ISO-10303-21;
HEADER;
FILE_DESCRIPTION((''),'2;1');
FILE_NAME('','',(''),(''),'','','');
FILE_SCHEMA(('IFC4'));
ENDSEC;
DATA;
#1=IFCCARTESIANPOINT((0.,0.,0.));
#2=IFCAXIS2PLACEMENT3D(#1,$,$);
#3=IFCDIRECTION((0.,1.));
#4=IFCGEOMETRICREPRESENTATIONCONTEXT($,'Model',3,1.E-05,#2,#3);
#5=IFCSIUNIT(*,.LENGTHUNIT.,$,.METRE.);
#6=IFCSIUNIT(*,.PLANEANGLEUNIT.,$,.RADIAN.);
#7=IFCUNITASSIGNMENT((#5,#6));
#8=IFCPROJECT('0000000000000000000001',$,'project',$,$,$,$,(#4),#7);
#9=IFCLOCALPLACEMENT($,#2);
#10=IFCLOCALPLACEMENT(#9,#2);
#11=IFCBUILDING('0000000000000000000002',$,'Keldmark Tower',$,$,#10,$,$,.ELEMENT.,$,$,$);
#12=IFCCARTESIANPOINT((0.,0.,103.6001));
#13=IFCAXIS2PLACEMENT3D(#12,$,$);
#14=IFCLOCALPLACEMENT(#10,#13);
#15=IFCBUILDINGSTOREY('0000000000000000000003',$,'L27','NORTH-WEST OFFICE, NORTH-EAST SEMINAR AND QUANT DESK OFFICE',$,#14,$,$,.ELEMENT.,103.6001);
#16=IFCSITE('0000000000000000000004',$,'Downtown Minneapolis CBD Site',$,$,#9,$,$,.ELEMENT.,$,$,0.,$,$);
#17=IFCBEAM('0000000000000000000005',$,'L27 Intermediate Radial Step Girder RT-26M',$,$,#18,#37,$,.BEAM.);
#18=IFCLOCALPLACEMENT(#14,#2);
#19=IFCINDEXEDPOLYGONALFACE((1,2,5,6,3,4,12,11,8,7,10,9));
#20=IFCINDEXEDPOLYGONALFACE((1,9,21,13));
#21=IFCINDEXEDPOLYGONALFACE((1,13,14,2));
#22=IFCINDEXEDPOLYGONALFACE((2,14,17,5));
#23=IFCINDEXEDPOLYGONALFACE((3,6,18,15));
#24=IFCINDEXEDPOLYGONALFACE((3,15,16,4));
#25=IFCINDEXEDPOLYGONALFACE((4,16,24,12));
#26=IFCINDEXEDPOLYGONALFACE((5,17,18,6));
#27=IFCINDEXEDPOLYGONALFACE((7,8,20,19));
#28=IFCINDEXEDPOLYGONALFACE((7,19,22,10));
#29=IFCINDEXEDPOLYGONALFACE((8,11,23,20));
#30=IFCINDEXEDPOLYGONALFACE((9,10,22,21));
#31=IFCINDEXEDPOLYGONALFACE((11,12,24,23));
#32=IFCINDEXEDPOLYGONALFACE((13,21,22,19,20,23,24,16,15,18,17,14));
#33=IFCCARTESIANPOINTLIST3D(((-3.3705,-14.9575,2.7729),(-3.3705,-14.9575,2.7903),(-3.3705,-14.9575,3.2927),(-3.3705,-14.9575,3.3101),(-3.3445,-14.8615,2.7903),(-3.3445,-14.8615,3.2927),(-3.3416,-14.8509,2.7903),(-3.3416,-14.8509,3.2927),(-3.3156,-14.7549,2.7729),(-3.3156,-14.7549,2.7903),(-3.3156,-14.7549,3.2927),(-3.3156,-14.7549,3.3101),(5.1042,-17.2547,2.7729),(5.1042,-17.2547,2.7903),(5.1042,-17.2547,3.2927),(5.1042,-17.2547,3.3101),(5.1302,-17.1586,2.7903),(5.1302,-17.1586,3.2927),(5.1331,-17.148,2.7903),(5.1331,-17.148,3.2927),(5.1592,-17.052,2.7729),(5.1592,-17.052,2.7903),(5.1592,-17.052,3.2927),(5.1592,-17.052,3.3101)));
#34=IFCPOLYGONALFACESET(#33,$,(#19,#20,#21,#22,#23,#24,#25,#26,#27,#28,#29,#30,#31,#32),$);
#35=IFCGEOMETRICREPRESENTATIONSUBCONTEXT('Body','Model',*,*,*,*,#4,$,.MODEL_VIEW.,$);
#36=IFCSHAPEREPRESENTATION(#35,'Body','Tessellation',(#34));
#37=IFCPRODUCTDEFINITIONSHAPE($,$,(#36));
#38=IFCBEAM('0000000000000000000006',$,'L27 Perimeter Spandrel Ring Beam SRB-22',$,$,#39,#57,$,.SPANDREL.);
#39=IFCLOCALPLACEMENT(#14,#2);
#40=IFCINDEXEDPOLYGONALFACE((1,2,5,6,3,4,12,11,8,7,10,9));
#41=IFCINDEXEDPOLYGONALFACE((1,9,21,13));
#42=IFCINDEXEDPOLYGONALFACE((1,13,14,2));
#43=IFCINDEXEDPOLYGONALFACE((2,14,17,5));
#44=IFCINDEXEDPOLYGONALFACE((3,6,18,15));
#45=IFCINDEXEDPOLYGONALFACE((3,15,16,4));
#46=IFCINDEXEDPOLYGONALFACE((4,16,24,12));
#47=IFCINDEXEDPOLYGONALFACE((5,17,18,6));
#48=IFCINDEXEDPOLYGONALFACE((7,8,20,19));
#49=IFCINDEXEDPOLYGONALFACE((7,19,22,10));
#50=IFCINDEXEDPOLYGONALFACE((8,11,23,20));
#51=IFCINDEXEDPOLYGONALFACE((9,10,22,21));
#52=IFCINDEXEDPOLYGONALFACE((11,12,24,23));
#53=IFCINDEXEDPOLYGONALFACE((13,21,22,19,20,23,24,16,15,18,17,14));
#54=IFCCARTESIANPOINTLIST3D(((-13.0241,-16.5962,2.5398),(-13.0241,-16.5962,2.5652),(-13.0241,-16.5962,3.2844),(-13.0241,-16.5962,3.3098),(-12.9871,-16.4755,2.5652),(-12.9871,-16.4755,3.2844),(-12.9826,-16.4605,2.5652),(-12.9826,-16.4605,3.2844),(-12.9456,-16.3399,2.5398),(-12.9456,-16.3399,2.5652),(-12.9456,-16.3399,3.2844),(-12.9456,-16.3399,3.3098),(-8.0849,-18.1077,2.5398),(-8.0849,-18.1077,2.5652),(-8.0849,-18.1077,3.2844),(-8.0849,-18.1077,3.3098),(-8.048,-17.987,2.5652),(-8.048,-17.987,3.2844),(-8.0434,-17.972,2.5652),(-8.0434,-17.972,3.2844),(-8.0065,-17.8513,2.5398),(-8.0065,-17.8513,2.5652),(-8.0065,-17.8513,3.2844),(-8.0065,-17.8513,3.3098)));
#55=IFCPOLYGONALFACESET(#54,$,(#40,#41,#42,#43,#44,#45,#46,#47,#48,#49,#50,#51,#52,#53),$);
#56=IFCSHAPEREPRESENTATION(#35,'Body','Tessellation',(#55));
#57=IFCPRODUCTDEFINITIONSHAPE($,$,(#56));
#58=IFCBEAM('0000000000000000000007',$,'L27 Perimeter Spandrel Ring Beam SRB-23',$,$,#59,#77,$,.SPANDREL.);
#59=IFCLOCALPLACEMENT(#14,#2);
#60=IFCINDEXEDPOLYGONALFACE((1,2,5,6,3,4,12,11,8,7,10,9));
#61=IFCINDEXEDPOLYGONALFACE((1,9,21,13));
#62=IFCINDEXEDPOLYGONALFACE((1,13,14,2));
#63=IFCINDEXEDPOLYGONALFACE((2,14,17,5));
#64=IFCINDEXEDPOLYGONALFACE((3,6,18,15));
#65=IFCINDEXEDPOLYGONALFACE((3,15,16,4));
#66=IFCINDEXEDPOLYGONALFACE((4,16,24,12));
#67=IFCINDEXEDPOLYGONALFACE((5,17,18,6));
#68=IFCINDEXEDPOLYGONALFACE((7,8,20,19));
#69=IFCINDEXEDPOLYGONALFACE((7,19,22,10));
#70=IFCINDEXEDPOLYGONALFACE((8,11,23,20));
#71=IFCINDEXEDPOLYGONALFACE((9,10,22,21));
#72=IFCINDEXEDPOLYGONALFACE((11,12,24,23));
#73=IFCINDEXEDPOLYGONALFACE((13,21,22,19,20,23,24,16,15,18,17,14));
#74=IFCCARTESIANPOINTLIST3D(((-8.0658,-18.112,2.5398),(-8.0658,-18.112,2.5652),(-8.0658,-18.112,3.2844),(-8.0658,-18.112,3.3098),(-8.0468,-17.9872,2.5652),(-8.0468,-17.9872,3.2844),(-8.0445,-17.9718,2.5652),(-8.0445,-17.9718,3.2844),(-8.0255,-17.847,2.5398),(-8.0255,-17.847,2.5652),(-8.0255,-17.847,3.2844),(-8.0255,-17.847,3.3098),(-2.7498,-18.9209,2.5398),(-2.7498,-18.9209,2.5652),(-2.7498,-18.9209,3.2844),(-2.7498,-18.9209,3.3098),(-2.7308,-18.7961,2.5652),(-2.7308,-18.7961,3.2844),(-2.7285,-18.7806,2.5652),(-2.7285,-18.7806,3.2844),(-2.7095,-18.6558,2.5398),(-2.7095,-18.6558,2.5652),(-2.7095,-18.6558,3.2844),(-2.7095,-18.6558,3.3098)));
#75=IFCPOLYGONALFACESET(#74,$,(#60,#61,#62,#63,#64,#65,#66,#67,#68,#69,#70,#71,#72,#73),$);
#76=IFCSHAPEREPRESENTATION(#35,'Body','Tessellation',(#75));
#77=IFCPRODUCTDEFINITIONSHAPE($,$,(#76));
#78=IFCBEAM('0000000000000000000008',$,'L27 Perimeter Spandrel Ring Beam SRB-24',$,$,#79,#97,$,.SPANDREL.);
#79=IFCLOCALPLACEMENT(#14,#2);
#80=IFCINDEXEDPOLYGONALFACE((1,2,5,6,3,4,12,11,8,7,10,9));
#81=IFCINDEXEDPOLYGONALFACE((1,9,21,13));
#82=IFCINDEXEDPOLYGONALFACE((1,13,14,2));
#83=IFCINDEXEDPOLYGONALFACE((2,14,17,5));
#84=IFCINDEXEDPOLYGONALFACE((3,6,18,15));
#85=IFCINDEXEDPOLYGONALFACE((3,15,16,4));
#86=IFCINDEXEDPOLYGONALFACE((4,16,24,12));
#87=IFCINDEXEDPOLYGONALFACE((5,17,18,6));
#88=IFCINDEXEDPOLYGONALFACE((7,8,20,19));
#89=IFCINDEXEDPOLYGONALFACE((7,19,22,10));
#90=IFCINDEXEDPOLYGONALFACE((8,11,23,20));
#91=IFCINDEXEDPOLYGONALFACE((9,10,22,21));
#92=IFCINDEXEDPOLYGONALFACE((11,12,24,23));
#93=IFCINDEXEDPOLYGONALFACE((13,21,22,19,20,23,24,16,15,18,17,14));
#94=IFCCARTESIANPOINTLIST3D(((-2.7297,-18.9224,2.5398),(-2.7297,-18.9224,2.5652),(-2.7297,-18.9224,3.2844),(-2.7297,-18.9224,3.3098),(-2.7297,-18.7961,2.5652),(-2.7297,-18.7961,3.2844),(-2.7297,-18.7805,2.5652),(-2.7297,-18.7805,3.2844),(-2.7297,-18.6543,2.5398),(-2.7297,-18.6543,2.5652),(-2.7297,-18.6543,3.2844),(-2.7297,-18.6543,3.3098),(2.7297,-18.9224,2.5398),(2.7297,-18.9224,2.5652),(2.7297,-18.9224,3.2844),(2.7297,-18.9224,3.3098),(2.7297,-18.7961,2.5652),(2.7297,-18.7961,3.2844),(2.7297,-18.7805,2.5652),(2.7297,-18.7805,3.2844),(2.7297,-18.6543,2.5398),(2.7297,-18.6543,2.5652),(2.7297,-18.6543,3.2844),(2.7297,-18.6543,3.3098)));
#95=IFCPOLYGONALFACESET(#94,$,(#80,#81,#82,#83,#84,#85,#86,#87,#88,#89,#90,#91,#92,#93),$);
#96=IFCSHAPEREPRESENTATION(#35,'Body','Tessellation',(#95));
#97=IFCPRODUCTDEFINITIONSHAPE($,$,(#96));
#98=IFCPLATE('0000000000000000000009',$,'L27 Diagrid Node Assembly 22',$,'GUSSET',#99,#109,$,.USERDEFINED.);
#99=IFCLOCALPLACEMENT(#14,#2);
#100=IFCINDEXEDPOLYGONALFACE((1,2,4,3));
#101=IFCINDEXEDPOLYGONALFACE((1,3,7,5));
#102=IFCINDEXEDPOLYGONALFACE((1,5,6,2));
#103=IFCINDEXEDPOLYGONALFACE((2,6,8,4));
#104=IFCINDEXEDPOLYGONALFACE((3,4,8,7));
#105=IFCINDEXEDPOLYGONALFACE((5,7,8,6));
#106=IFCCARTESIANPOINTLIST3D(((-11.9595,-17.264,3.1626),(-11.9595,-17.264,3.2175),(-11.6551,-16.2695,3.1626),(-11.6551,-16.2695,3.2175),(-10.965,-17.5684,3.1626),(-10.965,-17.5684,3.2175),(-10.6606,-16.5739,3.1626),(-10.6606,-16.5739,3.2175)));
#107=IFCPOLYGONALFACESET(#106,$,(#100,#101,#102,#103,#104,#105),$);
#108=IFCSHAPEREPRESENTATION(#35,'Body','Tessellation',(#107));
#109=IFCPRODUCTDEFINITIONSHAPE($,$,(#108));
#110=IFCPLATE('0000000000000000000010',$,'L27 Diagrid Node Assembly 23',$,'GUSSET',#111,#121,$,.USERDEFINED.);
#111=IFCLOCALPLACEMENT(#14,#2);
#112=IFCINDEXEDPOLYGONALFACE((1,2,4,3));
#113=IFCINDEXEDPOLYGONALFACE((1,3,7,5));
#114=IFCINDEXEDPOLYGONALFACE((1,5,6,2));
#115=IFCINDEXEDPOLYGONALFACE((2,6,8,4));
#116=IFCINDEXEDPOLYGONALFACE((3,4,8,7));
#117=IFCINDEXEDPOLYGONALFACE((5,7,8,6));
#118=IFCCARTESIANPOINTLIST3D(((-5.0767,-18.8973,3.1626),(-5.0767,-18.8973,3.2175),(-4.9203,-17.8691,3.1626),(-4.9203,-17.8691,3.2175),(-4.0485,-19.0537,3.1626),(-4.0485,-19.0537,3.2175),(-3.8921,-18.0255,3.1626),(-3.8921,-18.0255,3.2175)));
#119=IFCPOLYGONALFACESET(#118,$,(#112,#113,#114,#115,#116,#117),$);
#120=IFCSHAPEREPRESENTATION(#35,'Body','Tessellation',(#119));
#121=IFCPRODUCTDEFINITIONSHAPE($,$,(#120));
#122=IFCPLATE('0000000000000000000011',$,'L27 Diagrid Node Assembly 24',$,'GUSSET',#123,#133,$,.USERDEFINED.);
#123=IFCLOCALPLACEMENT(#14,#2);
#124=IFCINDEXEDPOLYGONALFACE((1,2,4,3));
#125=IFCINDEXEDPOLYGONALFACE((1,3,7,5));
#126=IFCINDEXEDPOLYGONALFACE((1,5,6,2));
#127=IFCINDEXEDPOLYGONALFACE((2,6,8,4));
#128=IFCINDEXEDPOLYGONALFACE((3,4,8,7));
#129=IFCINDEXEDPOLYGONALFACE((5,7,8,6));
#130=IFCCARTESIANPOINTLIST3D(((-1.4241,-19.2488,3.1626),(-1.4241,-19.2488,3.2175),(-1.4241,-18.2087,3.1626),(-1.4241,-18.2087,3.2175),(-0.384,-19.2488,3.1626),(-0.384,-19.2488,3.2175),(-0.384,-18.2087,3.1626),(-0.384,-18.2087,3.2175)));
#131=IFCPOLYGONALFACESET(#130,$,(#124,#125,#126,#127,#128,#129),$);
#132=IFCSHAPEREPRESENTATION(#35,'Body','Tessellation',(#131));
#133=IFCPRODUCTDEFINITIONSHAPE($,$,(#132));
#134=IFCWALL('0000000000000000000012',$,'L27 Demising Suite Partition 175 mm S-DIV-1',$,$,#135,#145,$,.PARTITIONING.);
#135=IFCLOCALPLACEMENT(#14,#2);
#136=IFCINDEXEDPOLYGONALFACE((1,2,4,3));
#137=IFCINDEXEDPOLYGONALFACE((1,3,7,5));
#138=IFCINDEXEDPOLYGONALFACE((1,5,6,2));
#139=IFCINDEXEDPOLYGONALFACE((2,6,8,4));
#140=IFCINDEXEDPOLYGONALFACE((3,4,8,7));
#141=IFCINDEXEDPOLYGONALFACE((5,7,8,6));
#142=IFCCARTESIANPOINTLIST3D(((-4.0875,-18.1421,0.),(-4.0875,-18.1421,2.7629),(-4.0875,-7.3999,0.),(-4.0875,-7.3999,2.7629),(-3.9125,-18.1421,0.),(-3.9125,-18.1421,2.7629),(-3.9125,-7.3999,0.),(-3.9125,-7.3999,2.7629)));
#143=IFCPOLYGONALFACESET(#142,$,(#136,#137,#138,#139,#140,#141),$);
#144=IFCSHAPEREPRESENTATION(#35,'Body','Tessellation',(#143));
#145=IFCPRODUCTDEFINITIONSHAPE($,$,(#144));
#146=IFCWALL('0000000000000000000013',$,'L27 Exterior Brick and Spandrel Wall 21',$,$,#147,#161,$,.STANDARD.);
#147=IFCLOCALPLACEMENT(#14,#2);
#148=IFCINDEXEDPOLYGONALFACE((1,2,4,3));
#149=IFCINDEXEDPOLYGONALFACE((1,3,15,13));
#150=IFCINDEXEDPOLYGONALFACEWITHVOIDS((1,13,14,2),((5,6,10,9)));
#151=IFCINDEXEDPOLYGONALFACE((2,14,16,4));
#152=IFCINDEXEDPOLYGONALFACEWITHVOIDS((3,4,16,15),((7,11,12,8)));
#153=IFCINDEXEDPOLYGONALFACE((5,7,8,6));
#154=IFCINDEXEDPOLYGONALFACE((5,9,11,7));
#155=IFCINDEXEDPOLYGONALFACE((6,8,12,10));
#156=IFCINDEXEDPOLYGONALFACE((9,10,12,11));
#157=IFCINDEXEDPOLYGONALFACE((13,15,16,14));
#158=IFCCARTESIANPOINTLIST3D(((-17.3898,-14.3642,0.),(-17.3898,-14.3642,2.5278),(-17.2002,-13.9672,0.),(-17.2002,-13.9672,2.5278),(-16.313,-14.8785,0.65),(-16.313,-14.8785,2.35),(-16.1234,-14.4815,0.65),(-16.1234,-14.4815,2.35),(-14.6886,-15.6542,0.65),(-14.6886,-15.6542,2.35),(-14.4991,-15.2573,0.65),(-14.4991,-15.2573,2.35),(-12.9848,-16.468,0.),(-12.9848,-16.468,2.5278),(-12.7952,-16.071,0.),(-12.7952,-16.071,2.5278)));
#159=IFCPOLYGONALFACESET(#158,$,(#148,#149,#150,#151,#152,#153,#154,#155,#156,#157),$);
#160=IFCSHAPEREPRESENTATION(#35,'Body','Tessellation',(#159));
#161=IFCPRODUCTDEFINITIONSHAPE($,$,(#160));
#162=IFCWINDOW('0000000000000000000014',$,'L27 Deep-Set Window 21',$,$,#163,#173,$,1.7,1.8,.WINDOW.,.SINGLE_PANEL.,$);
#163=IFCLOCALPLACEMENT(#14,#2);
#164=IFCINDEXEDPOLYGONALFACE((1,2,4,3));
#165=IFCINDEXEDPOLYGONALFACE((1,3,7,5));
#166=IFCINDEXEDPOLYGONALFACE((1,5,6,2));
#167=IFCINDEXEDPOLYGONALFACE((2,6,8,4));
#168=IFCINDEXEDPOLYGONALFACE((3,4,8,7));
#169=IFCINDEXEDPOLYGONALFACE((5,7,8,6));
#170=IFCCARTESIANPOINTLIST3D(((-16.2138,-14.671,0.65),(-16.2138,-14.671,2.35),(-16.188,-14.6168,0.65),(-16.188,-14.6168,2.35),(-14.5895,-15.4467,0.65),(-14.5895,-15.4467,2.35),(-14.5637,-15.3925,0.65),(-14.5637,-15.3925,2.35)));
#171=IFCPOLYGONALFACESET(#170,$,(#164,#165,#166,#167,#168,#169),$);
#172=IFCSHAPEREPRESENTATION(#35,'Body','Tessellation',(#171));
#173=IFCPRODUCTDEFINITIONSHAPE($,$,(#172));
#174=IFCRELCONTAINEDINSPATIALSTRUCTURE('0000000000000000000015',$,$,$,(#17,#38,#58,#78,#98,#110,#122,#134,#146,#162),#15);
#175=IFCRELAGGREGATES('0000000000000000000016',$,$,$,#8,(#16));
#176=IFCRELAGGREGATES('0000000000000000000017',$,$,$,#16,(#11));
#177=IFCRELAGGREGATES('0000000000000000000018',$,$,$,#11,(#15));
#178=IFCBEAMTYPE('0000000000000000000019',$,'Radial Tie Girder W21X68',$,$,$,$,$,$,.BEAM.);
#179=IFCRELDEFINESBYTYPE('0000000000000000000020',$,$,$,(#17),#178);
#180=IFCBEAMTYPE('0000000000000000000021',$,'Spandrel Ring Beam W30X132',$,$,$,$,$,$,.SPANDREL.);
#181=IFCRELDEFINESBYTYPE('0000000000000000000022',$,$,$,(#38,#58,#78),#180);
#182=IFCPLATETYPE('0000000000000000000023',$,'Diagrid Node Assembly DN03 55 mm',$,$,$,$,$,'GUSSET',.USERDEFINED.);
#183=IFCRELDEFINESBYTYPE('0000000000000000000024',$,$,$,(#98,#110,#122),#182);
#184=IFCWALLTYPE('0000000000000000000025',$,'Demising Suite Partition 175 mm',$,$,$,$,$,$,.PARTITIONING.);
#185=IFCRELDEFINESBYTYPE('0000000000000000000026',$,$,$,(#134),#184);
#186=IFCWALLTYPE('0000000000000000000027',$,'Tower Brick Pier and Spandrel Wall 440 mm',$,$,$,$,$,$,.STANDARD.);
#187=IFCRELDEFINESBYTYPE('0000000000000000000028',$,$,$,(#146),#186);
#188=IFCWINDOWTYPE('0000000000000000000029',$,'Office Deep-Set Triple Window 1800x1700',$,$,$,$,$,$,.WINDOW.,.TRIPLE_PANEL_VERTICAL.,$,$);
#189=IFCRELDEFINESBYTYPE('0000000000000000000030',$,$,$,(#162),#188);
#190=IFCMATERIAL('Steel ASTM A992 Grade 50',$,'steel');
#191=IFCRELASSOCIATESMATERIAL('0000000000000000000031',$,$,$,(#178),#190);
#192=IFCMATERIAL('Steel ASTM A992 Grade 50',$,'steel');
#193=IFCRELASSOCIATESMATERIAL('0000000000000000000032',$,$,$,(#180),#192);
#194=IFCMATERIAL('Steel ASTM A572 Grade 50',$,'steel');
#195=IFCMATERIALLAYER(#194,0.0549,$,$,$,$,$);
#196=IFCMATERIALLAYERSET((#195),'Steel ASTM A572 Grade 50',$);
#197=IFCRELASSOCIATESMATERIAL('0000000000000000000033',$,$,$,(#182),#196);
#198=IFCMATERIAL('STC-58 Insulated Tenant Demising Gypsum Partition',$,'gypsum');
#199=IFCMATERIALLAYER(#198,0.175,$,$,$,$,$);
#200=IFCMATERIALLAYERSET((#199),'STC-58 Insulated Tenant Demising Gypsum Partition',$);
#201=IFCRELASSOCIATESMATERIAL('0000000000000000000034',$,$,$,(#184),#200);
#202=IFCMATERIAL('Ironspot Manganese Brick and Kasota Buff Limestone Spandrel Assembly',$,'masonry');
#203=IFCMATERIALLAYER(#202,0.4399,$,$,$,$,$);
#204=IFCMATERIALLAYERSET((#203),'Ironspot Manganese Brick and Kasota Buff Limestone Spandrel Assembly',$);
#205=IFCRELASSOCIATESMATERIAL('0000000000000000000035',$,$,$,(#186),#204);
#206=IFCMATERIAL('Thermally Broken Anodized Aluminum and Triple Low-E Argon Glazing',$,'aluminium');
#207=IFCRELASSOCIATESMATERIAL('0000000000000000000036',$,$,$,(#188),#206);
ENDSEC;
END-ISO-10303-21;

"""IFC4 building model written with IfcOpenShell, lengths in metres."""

from ifc_helpers import new_model, si_unit, direction, frame, frame_2d, origin, origin_2d, place, context, subcontext, project, spatial, rectangle, i_section, extrude, material, layer, layer_set, material_profile, profile_set, type_object, element, fill, save


model = new_model("IFC4")

# Units and contexts
model_context = context("Model", 3, precision=1e-05, world=origin(), true_north=direction((0.0, 1.0)))
body_context = subcontext(model_context, "Body", "Model", "MODEL_VIEW")
ifc_project = project(units=[si_unit("LENGTHUNIT", "METRE"), si_unit("PLANEANGLEUNIT", "RADIAN")], contexts=[model_context])

# Site, building, storey
site_placement = place(None, origin())
site = spatial("IfcSite", under=ifc_project, at=site_placement, Name="Downtown Minneapolis CBD Site", CompositionType="ELEMENT", RefElevation=0.0)
building_placement = place(site_placement, origin())
building = spatial("IfcBuilding", under=site, at=building_placement, Name="Keldmark Tower", CompositionType="ELEMENT")
storey_placement = place(building_placement, frame((0.0, 0.0, 103.6001)))
storey = spatial("IfcBuildingStorey", under=building, at=storey_placement, Name="L27", Description="NORTH-WEST OFFICE, NORTH-EAST SEMINAR AND QUANT DESK OFFICE", CompositionType="ELEMENT", Elevation=103.6001)

# Beams
ifc_material_1 = material(Name="Steel ASTM A992 Grade 50", Category="steel")
ifc_material_profile_1 = material_profile(ifc_material_1, i_section(OverallWidth=0.21, OverallDepth=0.5371, WebThickness=0.011, FlangeThickness=0.0173, at=origin_2d()), Name="W21X68")
ifc_profile_set_1 = profile_set([ifc_material_profile_1], Name="Steel ASTM A992 Grade 50")
beam_type_1 = type_object("IfcBeamType", Name="Radial Tie Girder W21X68", PredefinedType="BEAM", material=ifc_profile_set_1)
beam_1_placement = place(storey_placement, frame((-3.343, -14.8562, 3.0415), z_axis=(0.965171, -0.261618, 0.0), x_axis=(0.261618, 0.965171, 0.0)))
element("IfcBeam", 1, at=beam_1_placement, inside=storey, type_object=beam_type_1, Name="L27 Intermediate Radial Step Girder RT-26M", PredefinedType="BEAM", context=body_context, shape_type="SweptSolid", body=[
    extrude(i_section(OverallWidth=0.21, OverallDepth=0.5371, WebThickness=0.011, FlangeThickness=0.0173, at=origin_2d()), origin(), (0.0, 0.0, 1.0), 8.7805),
])
ifc_material_2 = material(Name="Steel ASTM A992 Grade 50", Category="steel")
ifc_material_profile_2 = material_profile(ifc_material_2, i_section(OverallWidth=0.2681, OverallDepth=0.77, WebThickness=0.0156, FlangeThickness=0.0254, at=origin_2d()), Name="W30X132")
ifc_profile_set_2 = profile_set([ifc_material_profile_2], Name="Steel ASTM A992 Grade 50")
beam_type_2 = type_object("IfcBeamType", Name="Spandrel Ring Beam W30X132", PredefinedType="SPANDREL", material=ifc_profile_set_2)
beam_2_placement = place(storey_placement, frame((-12.9849, -16.468, 2.9248), z_axis=(0.956229, -0.292621, 0.0), x_axis=(0.292621, 0.956229, 0.0)))
element("IfcBeam", 2, at=beam_2_placement, inside=storey, type_object=beam_type_2, Name="L27 Perimeter Spandrel Ring Beam SRB-22", PredefinedType="SPANDREL", context=body_context, shape_type="SweptSolid", body=[
    extrude(i_section(OverallWidth=0.2681, OverallDepth=0.77, WebThickness=0.0156, FlangeThickness=0.0254, at=origin_2d()), origin(), (0.0, 0.0, 1.0), 5.1653),
])
beam_3_placement = place(storey_placement, frame((-8.0457, -17.9795, 2.9248), z_axis=(0.988622, -0.150423, 0.0), x_axis=(0.150423, 0.988622, 0.0)))
element("IfcBeam", 3, at=beam_3_placement, inside=storey, type_object=beam_type_2, Name="L27 Perimeter Spandrel Ring Beam SRB-23", PredefinedType="SPANDREL", context=body_context, shape_type="SweptSolid", body=[
    extrude(i_section(OverallWidth=0.2681, OverallDepth=0.77, WebThickness=0.0156, FlangeThickness=0.0254, at=origin_2d()), origin(), (0.0, 0.0, 1.0), 5.3772),
])
beam_4_placement = place(storey_placement, frame((-2.7297, -18.7883, 2.9248), z_axis=(1.0, 0.0, 0.0), x_axis=(0.0, 1.0, 0.0)))
element("IfcBeam", 4, at=beam_4_placement, inside=storey, type_object=beam_type_2, Name="L27 Perimeter Spandrel Ring Beam SRB-24", PredefinedType="SPANDREL", context=body_context, shape_type="SweptSolid", body=[
    extrude(i_section(OverallWidth=0.2681, OverallDepth=0.77, WebThickness=0.0156, FlangeThickness=0.0254, at=origin_2d()), origin(), (0.0, 0.0, 1.0), 5.4595),
])

# Plates
ifc_material_3 = material(Name="Steel ASTM A572 Grade 50", Category="steel")
ifc_layer_1 = layer(ifc_material_3, 0.0549)
ifc_layer_set_1 = layer_set([ifc_layer_1], Name="Steel ASTM A572 Grade 50")
plate_type = type_object("IfcPlateType", Name="Diagrid Node Assembly DN03 55 mm", ElementType="GUSSET", PredefinedType="USERDEFINED", material=ifc_layer_set_1)
for number, where, z_axis, x_axis, name in (
    (5, (-11.3101, -16.9189, 3.1626), (0.0, 0.0, 1.0), (0.956203, -0.292706, 0.0), "L27 Diagrid Node Assembly 22"),
    (6, (-4.4844, -18.4614, 3.1626), (0.0, 0.0, 1.0), (0.988626, -0.150398, 0.0), "L27 Diagrid Node Assembly 23"),
    (7, (-0.9041, -18.7288, 3.1626), (0.0, 0.0, 1.0), (1.0, 0.0, 0.0), "L27 Diagrid Node Assembly 24"),
):
    element("IfcPlate", number, at=place(storey_placement, frame(where, z_axis=z_axis, x_axis=x_axis)), inside=storey, type_object=plate_type, Name=name, ObjectType="GUSSET", PredefinedType="USERDEFINED", context=body_context, shape_type="SweptSolid", body=[
        extrude(rectangle(XDim=1.04, YDim=1.04, at=origin_2d()), origin(), (0.0, 0.0, 1.0), 0.0549),
    ])

# Wall
ifc_material_4 = material(Name="STC-58 Insulated Tenant Demising Gypsum Partition", Category="gypsum")
ifc_layer_2 = layer(ifc_material_4, 0.175)
ifc_layer_set_2 = layer_set([ifc_layer_2], Name="STC-58 Insulated Tenant Demising Gypsum Partition")
wall_type_1 = type_object("IfcWallType", Name="Demising Suite Partition 175 mm", PredefinedType="PARTITIONING", material=ifc_layer_set_2)
wall_1_placement = place(storey_placement, frame((-4.0, -18.1421, 0.0), z_axis=(0.0, 0.0, 1.0), x_axis=(0.0, 1.0, 0.0)))
element("IfcWall", 8, at=wall_1_placement, inside=storey, type_object=wall_type_1, Name="L27 Demising Suite Partition 175 mm S-DIV-1", PredefinedType="PARTITIONING", context=body_context, shape_type="SweptSolid", body=[
    extrude(rectangle(XDim=10.7422, YDim=0.175, at=frame_2d((5.3711, 0.0))), origin(), (0.0, 0.0, 1.0), 2.7629),
])

# Wall, opening, window
ifc_material_5 = material(Name="Ironspot Manganese Brick and Kasota Buff Limestone Spandrel Assembly", Category="masonry")
ifc_layer_3 = layer(ifc_material_5, 0.4399)
ifc_layer_set_3 = layer_set([ifc_layer_3], Name="Ironspot Manganese Brick and Kasota Buff Limestone Spandrel Assembly")
wall_type_2 = type_object("IfcWallType", Name="Tower Brick Pier and Spandrel Wall 440 mm", PredefinedType="STANDARD", material=ifc_layer_set_3)
wall_2_placement = place(storey_placement, frame((-12.8899, -16.2695, 0.0), z_axis=(0.0, 0.0, 1.0), x_axis=(-0.902373, 0.430956, 0.0)))
wall_2 = element("IfcWall", 9, at=wall_2_placement, inside=storey, type_object=wall_type_2, Name="L27 Exterior Brick and Spandrel Wall 21", PredefinedType="STANDARD", context=body_context, shape_type="SweptSolid", body=[
    extrude(rectangle(XDim=4.8816, YDim=0.4399, at=frame_2d((2.4409, 0.0))), origin(), (0.0, 0.0, 1.0), 2.5278),
])
opening_1_placement = place(wall_2_placement, frame((1.8884, 0.0, 0.6499)))
opening_1 = element("IfcOpeningElement", 10, at=opening_1_placement, cuts=wall_2, PredefinedType="OPENING", context=body_context, shape_type="SweptSolid", body=[
    extrude(rectangle(XDim=1.8, YDim=1.7, at=frame_2d((0.8999, 0.8501))), frame((0.0, 0.23, 0.0), z_axis=(0.0, -1.0, 0.0), x_axis=(1.0, 0.0, 0.0)), (0.0, 0.0, 1.0), 0.46),
])
ifc_material_6 = material(Name="Thermally Broken Anodized Aluminum and Triple Low-E Argon Glazing", Category="aluminium")
window_type = type_object("IfcWindowType", Name="Office Deep-Set Triple Window 1800x1700", PartitioningType="TRIPLE_PANEL_VERTICAL", PredefinedType="WINDOW", material=ifc_material_6)
window_1_placement = place(opening_1_placement, origin())
window_1 = element("IfcWindow", 11, at=window_1_placement, inside=storey, type_object=window_type, Name="L27 Deep-Set Window 21", OverallHeight=1.7, OverallWidth=1.8, PartitioningType="SINGLE_PANEL", PredefinedType="WINDOW", context=body_context, shape_type="SweptSolid", body=[
    extrude(rectangle(XDim=1.8, YDim=1.7, at=frame_2d((0.8999, 0.8501))), frame((0.0, -0.01, 0.0), z_axis=(0.0, -1.0, 0.0), x_axis=(1.0, 0.0, 0.0)), (0.0, 0.0, 1.0), 0.0601),
])
fill(opening_1, window_1)

save(model, "model.ifc")
